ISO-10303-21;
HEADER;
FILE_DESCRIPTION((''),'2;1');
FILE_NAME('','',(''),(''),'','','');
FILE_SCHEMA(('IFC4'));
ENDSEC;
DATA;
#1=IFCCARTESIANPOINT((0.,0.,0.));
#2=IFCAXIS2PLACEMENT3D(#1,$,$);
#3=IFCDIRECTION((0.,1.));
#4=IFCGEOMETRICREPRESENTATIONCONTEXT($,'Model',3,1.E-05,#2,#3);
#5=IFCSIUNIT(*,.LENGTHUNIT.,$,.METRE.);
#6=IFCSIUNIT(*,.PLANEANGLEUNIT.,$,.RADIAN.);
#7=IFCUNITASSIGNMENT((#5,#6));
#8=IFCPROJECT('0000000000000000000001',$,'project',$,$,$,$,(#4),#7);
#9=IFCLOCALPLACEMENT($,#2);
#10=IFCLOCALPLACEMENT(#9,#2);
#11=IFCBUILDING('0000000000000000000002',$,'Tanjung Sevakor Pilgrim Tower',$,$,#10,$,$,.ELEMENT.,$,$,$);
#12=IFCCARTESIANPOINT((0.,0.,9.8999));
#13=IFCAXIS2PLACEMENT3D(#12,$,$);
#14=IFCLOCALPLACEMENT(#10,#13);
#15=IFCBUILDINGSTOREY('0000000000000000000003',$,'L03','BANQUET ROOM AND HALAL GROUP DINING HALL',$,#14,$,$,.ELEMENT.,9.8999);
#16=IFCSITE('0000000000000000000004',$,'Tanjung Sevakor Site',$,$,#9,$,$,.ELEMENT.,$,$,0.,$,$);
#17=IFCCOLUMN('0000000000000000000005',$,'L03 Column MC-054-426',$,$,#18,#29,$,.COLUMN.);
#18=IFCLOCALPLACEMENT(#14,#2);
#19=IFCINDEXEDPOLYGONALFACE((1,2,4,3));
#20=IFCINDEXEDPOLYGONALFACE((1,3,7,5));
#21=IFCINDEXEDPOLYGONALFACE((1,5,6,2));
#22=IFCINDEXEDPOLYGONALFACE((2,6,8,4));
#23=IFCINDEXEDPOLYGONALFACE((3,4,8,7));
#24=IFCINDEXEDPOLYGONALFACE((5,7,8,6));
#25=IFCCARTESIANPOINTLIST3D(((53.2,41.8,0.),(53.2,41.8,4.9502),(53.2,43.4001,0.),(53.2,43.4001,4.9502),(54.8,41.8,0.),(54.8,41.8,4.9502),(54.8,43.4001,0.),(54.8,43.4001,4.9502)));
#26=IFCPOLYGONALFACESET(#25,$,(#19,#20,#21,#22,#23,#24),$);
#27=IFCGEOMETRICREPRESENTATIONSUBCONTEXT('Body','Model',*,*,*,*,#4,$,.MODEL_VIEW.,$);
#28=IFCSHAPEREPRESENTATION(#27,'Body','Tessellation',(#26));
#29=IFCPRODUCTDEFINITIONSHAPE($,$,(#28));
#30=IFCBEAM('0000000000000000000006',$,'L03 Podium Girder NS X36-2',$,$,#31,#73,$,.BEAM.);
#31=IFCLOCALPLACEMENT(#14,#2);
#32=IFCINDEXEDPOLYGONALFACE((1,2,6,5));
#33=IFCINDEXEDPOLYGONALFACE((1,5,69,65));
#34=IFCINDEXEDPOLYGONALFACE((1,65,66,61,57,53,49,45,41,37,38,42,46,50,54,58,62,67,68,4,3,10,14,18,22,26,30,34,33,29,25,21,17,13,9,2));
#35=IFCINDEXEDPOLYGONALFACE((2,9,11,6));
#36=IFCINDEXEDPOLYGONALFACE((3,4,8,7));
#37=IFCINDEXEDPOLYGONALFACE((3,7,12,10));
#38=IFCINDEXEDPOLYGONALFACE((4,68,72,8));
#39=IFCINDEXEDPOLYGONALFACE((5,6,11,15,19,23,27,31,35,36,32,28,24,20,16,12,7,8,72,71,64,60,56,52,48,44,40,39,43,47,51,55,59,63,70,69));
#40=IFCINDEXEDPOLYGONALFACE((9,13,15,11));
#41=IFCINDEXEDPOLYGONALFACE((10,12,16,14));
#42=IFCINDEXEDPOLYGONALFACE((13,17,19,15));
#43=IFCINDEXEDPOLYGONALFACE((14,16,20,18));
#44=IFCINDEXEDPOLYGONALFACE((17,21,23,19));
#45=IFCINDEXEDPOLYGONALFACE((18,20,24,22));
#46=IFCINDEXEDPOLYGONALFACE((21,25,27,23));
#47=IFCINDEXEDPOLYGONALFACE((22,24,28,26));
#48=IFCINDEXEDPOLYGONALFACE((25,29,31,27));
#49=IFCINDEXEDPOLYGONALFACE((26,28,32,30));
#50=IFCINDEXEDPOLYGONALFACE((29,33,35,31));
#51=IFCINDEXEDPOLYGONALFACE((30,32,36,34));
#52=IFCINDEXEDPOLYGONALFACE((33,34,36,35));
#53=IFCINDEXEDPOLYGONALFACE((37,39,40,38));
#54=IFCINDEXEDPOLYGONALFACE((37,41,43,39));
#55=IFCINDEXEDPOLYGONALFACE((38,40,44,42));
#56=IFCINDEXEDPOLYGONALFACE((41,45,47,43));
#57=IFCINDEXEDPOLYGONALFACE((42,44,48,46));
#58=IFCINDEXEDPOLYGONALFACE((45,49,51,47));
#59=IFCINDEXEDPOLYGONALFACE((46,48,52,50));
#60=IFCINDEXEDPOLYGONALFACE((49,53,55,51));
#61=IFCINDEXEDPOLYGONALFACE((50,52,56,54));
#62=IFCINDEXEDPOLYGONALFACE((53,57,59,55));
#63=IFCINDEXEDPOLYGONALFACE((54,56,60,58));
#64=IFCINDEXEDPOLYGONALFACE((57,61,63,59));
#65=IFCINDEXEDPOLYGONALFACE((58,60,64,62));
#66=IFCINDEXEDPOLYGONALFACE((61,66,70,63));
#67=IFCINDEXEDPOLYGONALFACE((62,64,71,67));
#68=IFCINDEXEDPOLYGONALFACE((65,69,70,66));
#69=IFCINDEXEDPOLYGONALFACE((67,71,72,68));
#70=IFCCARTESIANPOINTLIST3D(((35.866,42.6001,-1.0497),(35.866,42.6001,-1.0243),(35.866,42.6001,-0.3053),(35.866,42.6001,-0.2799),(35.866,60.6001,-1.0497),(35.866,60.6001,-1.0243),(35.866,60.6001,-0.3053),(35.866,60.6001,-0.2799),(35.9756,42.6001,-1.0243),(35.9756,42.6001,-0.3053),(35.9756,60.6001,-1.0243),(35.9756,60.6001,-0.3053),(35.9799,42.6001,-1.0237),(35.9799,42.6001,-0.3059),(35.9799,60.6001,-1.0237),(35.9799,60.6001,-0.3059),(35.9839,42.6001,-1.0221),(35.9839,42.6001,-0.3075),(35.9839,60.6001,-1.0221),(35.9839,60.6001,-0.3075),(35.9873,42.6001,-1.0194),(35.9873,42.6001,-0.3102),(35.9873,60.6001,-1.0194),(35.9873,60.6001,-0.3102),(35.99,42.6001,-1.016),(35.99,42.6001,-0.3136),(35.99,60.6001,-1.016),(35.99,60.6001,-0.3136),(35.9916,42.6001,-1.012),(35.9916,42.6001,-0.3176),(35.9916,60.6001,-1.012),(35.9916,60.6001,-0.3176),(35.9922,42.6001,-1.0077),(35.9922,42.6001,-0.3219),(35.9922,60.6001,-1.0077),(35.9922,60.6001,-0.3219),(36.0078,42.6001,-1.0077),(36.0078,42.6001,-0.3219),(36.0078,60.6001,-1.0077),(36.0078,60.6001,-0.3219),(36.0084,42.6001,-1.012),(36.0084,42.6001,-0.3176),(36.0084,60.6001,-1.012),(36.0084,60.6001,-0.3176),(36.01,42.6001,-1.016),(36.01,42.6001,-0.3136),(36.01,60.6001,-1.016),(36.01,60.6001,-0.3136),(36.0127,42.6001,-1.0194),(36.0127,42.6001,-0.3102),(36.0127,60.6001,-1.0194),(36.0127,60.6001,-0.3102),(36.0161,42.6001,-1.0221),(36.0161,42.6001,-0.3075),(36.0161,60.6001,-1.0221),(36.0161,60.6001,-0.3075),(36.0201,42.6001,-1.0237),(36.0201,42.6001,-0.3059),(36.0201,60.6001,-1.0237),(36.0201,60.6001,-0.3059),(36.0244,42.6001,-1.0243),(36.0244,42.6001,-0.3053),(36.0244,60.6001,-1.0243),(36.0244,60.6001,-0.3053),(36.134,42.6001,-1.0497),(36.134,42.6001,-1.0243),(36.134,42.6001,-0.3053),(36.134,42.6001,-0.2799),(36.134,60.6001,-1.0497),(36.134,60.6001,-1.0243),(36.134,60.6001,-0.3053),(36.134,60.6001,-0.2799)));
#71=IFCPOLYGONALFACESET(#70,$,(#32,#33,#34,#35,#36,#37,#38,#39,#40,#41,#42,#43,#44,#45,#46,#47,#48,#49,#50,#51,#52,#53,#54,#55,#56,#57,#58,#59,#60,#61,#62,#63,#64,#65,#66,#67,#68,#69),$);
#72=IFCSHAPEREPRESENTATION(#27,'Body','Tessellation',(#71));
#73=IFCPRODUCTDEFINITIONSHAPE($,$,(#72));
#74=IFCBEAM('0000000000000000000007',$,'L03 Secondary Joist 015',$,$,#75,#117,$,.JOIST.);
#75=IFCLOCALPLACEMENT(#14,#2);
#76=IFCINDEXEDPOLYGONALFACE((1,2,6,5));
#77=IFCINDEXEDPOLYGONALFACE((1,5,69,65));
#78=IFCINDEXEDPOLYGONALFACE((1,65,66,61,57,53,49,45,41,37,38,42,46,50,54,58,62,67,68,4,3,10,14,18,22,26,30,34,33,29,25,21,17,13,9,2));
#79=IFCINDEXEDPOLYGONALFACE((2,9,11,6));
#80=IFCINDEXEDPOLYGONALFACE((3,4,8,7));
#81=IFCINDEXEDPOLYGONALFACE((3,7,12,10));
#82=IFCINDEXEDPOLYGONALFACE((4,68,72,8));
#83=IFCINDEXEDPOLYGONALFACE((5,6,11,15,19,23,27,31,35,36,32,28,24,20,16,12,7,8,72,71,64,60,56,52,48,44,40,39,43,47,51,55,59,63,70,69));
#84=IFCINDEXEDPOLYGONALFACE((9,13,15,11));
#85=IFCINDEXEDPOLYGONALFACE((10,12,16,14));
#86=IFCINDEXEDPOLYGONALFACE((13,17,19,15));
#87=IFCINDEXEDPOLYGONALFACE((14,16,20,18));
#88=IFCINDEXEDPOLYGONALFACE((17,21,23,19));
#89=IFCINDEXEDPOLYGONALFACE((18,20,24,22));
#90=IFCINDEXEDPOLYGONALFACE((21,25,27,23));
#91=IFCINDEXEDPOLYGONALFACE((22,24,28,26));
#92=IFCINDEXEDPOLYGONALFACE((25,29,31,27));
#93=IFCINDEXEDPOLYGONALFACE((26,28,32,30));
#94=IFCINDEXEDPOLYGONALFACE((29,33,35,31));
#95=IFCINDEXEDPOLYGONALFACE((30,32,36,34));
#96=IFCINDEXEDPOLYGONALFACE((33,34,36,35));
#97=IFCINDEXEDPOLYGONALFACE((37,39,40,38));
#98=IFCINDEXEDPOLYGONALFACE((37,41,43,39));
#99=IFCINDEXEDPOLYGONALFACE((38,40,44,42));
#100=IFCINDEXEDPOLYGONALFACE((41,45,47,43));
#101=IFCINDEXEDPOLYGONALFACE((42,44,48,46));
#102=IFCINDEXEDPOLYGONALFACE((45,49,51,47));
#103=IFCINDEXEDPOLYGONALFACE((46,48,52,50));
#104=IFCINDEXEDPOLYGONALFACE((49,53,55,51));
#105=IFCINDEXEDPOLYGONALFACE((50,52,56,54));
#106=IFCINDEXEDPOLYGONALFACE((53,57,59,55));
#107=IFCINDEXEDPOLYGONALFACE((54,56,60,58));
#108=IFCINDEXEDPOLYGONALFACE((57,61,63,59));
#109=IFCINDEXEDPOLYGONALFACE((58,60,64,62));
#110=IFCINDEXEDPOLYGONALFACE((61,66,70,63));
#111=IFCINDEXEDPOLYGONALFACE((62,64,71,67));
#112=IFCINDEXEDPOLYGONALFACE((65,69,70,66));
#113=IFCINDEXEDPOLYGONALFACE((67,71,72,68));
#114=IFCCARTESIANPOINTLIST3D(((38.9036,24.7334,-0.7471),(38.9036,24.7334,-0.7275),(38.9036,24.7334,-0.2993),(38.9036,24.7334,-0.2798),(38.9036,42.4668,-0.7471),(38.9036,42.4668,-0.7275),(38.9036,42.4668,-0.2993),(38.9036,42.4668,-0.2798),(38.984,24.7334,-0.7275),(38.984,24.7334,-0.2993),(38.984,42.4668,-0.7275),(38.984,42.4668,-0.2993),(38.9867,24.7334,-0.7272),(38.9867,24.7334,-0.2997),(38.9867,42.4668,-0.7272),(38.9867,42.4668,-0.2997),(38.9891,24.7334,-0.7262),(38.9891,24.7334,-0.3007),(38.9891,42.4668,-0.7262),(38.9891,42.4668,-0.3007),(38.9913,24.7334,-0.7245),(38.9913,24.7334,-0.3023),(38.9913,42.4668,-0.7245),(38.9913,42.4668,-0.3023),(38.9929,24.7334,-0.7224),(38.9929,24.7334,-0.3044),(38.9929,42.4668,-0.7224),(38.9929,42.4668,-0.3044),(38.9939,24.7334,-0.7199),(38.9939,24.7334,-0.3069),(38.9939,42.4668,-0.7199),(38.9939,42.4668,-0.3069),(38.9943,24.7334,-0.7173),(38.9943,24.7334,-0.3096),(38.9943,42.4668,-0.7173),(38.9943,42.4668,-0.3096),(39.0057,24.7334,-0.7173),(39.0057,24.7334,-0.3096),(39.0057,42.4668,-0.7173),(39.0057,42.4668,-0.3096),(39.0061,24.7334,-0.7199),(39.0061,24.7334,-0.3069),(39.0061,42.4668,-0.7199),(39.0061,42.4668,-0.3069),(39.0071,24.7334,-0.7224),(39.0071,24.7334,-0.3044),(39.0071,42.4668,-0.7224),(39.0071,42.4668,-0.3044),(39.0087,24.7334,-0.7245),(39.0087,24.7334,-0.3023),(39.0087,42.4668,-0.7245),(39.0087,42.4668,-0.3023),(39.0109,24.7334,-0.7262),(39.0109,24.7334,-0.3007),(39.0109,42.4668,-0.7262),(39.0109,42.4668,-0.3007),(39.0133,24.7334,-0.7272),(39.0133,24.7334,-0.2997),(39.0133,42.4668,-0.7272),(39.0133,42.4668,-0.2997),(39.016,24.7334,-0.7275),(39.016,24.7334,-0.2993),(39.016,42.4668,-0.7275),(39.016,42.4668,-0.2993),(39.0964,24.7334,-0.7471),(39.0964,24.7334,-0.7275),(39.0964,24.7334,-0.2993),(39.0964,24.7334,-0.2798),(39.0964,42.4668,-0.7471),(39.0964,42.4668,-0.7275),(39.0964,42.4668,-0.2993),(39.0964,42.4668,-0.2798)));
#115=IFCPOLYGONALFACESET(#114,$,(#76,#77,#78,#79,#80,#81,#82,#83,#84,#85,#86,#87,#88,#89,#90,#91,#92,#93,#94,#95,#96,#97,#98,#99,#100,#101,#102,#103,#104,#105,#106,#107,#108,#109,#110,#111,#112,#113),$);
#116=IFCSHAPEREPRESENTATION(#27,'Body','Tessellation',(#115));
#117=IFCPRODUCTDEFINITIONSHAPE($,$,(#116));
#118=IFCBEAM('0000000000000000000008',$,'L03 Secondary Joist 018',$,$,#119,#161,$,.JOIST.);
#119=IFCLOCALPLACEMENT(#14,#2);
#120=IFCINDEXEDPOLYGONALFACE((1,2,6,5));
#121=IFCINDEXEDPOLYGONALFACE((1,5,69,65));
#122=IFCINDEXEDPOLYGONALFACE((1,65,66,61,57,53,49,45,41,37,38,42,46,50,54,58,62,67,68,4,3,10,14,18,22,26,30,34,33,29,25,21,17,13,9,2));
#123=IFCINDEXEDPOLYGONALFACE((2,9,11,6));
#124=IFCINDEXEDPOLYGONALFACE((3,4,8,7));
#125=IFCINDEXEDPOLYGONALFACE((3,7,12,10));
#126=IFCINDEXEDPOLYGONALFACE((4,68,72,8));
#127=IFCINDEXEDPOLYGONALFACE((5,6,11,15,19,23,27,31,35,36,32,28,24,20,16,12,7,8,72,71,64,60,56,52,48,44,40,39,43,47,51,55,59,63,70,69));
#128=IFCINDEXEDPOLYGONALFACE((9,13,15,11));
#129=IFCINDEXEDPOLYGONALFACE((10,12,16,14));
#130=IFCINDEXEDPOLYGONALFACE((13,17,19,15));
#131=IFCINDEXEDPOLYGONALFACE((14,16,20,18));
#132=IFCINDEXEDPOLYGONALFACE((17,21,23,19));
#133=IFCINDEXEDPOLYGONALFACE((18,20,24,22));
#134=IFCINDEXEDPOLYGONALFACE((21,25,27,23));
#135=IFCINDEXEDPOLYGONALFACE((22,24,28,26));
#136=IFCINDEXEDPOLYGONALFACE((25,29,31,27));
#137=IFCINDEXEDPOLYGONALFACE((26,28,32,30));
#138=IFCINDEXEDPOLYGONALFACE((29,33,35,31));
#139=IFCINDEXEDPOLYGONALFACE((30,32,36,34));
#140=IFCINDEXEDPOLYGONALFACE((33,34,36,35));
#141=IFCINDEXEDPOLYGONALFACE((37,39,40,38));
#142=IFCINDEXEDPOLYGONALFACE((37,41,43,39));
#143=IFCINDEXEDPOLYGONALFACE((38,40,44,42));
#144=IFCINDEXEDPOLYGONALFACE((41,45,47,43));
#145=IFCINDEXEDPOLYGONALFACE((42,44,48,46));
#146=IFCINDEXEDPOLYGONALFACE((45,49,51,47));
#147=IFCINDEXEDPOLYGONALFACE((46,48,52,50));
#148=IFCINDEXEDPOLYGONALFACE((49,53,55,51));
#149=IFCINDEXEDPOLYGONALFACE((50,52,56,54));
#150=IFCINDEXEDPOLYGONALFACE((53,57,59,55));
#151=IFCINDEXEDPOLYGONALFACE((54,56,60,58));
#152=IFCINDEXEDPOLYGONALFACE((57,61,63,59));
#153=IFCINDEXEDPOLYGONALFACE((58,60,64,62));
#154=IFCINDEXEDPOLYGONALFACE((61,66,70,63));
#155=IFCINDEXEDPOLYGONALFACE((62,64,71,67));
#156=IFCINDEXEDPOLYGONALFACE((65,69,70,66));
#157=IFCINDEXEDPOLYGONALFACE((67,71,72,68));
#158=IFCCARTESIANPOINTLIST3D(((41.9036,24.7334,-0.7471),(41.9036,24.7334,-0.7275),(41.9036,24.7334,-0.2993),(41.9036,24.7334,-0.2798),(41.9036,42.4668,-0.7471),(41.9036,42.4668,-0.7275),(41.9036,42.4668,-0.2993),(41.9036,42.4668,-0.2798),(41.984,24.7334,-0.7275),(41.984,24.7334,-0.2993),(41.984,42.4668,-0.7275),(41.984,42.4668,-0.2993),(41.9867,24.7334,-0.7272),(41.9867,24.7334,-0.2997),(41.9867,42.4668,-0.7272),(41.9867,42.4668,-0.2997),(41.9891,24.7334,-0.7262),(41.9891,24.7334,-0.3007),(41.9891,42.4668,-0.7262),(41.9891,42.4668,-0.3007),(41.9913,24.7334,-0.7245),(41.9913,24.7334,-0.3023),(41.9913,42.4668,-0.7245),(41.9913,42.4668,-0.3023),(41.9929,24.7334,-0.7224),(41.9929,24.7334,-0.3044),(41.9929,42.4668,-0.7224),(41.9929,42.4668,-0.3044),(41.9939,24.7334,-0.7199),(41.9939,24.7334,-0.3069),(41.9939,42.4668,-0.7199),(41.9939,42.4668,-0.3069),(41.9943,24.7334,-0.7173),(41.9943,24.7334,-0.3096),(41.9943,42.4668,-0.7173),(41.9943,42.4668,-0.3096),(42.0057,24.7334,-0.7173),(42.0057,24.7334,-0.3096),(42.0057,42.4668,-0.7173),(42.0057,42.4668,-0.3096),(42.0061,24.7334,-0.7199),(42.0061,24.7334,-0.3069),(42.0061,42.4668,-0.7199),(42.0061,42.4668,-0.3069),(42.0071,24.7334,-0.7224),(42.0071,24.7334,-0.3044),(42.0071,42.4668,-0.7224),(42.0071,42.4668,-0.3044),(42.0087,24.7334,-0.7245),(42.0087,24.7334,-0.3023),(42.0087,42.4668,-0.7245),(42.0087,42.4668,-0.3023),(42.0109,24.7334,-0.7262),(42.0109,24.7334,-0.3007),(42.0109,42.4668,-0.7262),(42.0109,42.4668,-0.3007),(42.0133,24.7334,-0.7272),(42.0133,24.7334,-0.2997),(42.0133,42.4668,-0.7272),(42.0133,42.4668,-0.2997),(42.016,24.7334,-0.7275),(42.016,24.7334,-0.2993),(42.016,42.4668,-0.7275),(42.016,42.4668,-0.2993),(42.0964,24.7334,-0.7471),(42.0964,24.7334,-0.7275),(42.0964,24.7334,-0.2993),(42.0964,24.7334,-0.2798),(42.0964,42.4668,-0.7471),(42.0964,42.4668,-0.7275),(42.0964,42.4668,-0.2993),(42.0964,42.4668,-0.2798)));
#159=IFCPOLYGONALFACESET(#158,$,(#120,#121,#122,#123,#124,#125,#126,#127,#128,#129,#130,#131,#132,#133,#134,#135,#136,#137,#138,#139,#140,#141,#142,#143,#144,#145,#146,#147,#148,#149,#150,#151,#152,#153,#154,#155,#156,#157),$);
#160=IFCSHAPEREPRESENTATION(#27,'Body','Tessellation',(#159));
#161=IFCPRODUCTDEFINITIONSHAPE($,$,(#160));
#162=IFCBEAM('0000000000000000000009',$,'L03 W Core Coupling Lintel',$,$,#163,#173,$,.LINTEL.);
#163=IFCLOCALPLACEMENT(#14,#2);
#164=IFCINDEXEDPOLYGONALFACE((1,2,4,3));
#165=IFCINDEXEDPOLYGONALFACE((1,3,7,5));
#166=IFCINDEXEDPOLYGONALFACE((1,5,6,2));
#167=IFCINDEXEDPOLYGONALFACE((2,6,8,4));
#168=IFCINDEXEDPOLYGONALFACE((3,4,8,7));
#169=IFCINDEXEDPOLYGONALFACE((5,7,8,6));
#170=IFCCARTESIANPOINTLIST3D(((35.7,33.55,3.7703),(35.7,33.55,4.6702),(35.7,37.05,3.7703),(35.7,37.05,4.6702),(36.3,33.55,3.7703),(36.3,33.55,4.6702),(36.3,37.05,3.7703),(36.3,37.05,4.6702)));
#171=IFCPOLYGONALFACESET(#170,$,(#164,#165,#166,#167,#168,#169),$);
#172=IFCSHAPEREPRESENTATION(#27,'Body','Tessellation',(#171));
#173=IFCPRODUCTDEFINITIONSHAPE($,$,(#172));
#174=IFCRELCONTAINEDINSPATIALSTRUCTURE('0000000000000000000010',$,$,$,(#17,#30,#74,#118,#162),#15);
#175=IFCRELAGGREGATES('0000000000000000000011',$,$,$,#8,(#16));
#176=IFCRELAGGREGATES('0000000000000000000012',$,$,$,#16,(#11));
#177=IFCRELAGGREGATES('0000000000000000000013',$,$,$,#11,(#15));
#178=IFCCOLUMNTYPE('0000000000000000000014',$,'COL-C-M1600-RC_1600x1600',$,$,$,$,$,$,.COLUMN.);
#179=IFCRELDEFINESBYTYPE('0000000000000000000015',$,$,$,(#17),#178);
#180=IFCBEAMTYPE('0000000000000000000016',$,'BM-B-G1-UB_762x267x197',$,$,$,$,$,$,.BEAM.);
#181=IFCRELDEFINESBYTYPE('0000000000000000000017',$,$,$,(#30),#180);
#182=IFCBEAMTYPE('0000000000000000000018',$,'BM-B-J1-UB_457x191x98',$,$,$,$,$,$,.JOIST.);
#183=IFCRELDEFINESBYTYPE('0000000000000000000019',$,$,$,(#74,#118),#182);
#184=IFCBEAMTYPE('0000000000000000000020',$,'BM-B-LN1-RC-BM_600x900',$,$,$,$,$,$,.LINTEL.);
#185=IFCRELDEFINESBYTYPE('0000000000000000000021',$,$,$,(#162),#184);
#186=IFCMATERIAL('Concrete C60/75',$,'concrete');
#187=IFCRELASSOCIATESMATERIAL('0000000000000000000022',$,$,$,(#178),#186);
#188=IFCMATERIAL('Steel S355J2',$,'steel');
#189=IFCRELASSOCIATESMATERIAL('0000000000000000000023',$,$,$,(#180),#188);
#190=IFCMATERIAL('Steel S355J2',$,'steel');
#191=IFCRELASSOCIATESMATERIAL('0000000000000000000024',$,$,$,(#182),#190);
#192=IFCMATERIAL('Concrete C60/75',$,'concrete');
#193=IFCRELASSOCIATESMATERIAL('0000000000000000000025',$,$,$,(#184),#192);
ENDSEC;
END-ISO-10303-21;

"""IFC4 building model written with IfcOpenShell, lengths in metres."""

from ifc_helpers import new_model, si_unit, direction, frame, origin, origin_2d, place, context, subcontext, project, spatial, rectangle, i_section, extrude, material, material_profile, profile_set, type_object, element, save


model = new_model("IFC4")

# Units and contexts
model_context = context("Model", 3, precision=1e-05, world=origin(), true_north=direction((0.0, 1.0)))
body_context = subcontext(model_context, "Body", "Model", "MODEL_VIEW")
ifc_project = project(units=[si_unit("LENGTHUNIT", "METRE"), si_unit("PLANEANGLEUNIT", "RADIAN")], contexts=[model_context])

# Site, building, storey
site_placement = place(None, origin())
site = spatial("IfcSite", under=ifc_project, at=site_placement, Name="Tanjung Sevakor Site", CompositionType="ELEMENT", RefElevation=0.0)
building_placement = place(site_placement, origin())
building = spatial("IfcBuilding", under=site, at=building_placement, Name="Tanjung Sevakor Pilgrim Tower", CompositionType="ELEMENT")
storey_placement = place(building_placement, frame((0.0, 0.0, 9.8999)))
storey = spatial("IfcBuildingStorey", under=building, at=storey_placement, Name="L03", Description="BANQUET ROOM AND HALAL GROUP DINING HALL", CompositionType="ELEMENT", Elevation=9.8999)

# Column
ifc_material_1 = material(Name="Concrete C60/75", Category="concrete")
ifc_material_profile_1 = material_profile(ifc_material_1, rectangle(XDim=1.6001, YDim=1.6001, at=origin_2d()))
ifc_profile_set_1 = profile_set([ifc_material_profile_1], Name="Concrete C60/75")
column_type = type_object("IfcColumnType", Name="COL-C-M1600-RC_1600x1600", PredefinedType="COLUMN", material=ifc_profile_set_1)
column_placement = place(storey_placement, frame((54.0, 42.6001, 0.0), z_axis=(0.0, 0.0, 1.0), x_axis=(1.0, 0.0, 0.0)))
element("IfcColumn", 1, at=column_placement, inside=storey, type_object=column_type, Name="L03 Column MC-054-426", PredefinedType="COLUMN", context=body_context, shape_type="SweptSolid", body=[
    extrude(rectangle(XDim=1.6001, YDim=1.6001, at=origin_2d()), origin(), (0.0, 0.0, 1.0), 4.9502),
])

# Beams
ifc_material_2 = material(Name="Steel S355J2", Category="steel")
ifc_material_profile_2 = material_profile(ifc_material_2, i_section(OverallWidth=0.2681, OverallDepth=0.7698, WebThickness=0.0156, FlangeThickness=0.0254, FilletRadius=0.0166, at=origin_2d()))
ifc_profile_set_2 = profile_set([ifc_material_profile_2], Name="Steel S355J2")
beam_type_1 = type_object("IfcBeamType", Name="BM-B-G1-UB_762x267x197", PredefinedType="BEAM", material=ifc_profile_set_2)
beam_1_placement = place(storey_placement, frame((36.0, 42.6001, -0.6648), z_axis=(0.0, 1.0, 0.0), x_axis=(-1.0, 0.0, 0.0)))
element("IfcBeam", 2, at=beam_1_placement, inside=storey, type_object=beam_type_1, Name="L03 Podium Girder NS X36-2", PredefinedType="BEAM", context=body_context, shape_type="SweptSolid", body=[
    extrude(i_section(OverallWidth=0.2681, OverallDepth=0.7698, WebThickness=0.0156, FlangeThickness=0.0254, FilletRadius=0.0166, at=origin_2d()), origin(), (0.0, 0.0, 1.0), 18.0),
])
ifc_material_3 = material(Name="Steel S355J2", Category="steel")
ifc_material_profile_3 = material_profile(ifc_material_3, i_section(OverallWidth=0.1929, OverallDepth=0.4673, WebThickness=0.0115, FlangeThickness=0.0195, FilletRadius=0.0103, at=origin_2d()))
ifc_profile_set_3 = profile_set([ifc_material_profile_3], Name="Steel S355J2")
beam_type_2 = type_object("IfcBeamType", Name="BM-B-J1-UB_457x191x98", PredefinedType="JOIST", material=ifc_profile_set_3)
for number, where, z_axis, x_axis, name in (
    (3, (39.0, 24.7334, -0.5134), (0.0, 1.0, 0.0), (-1.0, 0.0, 0.0), "L03 Secondary Joist 015"),
    (4, (42.0, 24.7334, -0.5134), (0.0, 1.0, 0.0), (-1.0, 0.0, 0.0), "L03 Secondary Joist 018"),
):
    element("IfcBeam", number, at=place(storey_placement, frame(where, z_axis=z_axis, x_axis=x_axis)), inside=storey, type_object=beam_type_2, Name=name, PredefinedType="JOIST", context=body_context, shape_type="SweptSolid", body=[
        extrude(i_section(OverallWidth=0.1929, OverallDepth=0.4673, WebThickness=0.0115, FlangeThickness=0.0195, FilletRadius=0.0103, at=origin_2d()), origin(), (0.0, 0.0, 1.0), 17.7334),
    ])
ifc_material_4 = material(Name="Concrete C60/75", Category="concrete")
ifc_material_profile_4 = material_profile(ifc_material_4, rectangle(XDim=0.6001, YDim=0.8999, at=origin_2d()))
ifc_profile_set_4 = profile_set([ifc_material_profile_4], Name="Concrete C60/75")
beam_type_3 = type_object("IfcBeamType", Name="BM-B-LN1-RC-BM_600x900", PredefinedType="LINTEL", material=ifc_profile_set_4)
beam_2_placement = place(storey_placement, frame((36.0, 33.55, 4.2202), z_axis=(0.0, 1.0, 0.0), x_axis=(-1.0, 0.0, 0.0)))
element("IfcBeam", 5, at=beam_2_placement, inside=storey, type_object=beam_type_3, Name="L03 W Core Coupling Lintel", PredefinedType="LINTEL", context=body_context, shape_type="SweptSolid", body=[
    extrude(rectangle(XDim=0.6001, YDim=0.8999, at=origin_2d()), origin(), (0.0, 0.0, 1.0), 3.5),
])

save(model, "model.ifc")
